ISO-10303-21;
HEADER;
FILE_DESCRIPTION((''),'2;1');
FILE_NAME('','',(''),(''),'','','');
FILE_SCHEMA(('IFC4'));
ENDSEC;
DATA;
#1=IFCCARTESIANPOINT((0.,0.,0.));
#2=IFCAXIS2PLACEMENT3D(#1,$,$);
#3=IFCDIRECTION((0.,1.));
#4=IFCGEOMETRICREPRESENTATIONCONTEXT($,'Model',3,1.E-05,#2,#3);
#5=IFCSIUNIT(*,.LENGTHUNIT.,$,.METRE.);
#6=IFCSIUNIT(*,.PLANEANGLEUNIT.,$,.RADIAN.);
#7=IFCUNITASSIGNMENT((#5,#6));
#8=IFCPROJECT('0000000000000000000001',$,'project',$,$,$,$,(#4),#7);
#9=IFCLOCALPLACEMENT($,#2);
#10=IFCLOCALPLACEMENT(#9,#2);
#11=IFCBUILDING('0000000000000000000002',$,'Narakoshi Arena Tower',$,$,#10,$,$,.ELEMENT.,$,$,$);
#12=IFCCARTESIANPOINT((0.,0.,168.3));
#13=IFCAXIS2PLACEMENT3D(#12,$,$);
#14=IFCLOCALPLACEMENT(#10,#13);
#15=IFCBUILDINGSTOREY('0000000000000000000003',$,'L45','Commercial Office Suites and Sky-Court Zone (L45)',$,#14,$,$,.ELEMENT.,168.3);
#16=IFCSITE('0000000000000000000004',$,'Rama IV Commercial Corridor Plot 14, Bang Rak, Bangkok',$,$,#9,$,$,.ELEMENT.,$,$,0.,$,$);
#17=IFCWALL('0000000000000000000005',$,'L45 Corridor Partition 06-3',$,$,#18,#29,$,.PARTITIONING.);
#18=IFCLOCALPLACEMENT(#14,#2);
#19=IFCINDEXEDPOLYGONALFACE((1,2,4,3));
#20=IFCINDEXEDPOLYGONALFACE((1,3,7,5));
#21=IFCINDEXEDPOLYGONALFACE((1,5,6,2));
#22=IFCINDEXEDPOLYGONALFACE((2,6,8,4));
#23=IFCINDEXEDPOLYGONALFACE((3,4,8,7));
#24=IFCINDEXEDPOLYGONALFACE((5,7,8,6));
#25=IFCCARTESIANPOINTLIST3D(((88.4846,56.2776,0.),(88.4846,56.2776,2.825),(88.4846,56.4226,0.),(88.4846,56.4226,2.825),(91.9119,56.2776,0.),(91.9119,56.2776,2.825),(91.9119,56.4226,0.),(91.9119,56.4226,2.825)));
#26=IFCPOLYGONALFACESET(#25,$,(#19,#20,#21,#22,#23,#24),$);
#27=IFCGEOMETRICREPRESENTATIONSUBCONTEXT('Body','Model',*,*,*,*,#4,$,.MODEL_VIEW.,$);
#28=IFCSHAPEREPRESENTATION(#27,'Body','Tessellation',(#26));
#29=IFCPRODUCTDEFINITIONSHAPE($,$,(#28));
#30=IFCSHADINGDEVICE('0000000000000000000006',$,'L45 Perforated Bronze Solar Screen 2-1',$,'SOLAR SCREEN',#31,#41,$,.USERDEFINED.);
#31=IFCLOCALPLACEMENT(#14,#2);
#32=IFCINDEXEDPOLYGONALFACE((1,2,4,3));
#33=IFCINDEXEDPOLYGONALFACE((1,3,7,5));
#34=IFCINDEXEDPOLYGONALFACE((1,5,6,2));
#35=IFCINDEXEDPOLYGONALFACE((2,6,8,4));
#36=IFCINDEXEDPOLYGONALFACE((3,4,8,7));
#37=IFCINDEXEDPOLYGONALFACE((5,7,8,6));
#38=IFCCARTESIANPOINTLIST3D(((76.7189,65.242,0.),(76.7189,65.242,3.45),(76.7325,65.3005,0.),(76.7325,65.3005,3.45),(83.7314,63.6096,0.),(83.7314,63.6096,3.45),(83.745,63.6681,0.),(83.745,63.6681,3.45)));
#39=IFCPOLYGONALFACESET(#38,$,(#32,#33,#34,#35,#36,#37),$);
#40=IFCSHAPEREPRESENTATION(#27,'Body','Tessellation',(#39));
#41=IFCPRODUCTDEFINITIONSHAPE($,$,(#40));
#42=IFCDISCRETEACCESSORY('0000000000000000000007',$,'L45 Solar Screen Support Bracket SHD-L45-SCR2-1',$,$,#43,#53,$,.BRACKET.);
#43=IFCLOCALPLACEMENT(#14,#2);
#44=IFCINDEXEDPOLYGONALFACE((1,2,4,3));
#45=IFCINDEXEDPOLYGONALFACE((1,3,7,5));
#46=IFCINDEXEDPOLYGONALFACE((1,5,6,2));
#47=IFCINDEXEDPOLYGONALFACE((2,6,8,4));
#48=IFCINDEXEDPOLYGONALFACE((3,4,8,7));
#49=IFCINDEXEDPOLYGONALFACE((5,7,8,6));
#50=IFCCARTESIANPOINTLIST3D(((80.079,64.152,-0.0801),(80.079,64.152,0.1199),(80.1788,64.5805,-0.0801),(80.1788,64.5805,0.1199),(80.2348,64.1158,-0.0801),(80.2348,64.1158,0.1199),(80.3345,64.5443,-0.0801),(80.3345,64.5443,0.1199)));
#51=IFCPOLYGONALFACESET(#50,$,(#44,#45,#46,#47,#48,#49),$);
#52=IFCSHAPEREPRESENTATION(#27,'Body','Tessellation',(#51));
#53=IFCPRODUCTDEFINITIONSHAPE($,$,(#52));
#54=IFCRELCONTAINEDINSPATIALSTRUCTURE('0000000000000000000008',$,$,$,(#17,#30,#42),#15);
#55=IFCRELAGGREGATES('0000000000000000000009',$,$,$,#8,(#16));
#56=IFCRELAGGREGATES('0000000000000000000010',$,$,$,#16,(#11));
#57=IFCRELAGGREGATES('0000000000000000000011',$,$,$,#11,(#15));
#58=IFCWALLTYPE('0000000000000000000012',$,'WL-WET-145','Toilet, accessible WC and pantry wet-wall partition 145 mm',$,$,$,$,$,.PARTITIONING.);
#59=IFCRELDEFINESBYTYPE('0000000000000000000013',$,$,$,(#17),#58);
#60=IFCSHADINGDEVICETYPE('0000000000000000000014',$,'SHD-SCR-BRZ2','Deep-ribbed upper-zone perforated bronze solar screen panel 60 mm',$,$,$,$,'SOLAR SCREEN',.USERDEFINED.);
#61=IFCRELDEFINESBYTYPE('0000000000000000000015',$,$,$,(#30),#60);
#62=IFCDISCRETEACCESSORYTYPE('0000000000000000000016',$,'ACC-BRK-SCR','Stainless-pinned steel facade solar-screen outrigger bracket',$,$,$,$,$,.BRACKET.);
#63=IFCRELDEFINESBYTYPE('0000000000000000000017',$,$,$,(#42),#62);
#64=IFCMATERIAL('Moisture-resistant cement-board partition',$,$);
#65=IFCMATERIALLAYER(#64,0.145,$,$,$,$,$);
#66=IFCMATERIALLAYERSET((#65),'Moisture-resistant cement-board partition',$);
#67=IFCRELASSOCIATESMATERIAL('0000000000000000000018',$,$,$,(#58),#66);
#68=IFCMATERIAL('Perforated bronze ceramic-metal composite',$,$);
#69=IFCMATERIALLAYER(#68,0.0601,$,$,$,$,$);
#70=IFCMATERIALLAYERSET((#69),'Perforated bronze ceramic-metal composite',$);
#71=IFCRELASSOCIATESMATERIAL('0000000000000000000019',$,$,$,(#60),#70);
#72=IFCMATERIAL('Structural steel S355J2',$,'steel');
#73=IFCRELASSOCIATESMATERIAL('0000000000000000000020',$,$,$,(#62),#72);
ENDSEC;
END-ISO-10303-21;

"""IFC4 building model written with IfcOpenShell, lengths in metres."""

from ifc_helpers import new_model, si_unit, direction, frame, frame_2d, origin, origin_2d, place, context, subcontext, project, spatial, rectangle, extrude, material, layer, layer_set, type_object, element, save


model = new_model("IFC4")

# Units and contexts
model_context = context("Model", 3, precision=1e-05, world=origin(), true_north=direction((0.0, 1.0)))
body_context = subcontext(model_context, "Body", "Model", "MODEL_VIEW")
ifc_project = project(units=[si_unit("LENGTHUNIT", "METRE"), si_unit("PLANEANGLEUNIT", "RADIAN")], contexts=[model_context])

# Site, building, storey
site_placement = place(None, origin())
site = spatial("IfcSite", under=ifc_project, at=site_placement, Name="Rama IV Commercial Corridor Plot 14, Bang Rak, Bangkok", CompositionType="ELEMENT", RefElevation=0.0)
building_placement = place(site_placement, origin())
building = spatial("IfcBuilding", under=site, at=building_placement, Name="Narakoshi Arena Tower", CompositionType="ELEMENT")
storey_placement = place(building_placement, frame((0.0, 0.0, 168.3)))
storey = spatial("IfcBuildingStorey", under=building, at=storey_placement, Name="L45", Description="Commercial Office Suites and Sky-Court Zone (L45)", CompositionType="ELEMENT", Elevation=168.3)

# Shared definitions
ifc_material_1 = material(Name="Structural steel S355J2", Category="steel")

# Wall
ifc_material_2 = material(Name="Moisture-resistant cement-board partition")
ifc_layer_1 = layer(ifc_material_2, 0.145)
ifc_layer_set_1 = layer_set([ifc_layer_1], Name="Moisture-resistant cement-board partition")
wall_type_1 = type_object("IfcWallType", Name="WL-WET-145", Description="Toilet, accessible WC and pantry wet-wall partition 145 mm", PredefinedType="PARTITIONING", material=ifc_layer_set_1)
wall_1_placement = place(storey_placement, frame((88.4846, 56.3501, 0.0), z_axis=(0.0, 0.0, 1.0), x_axis=(1.0, 0.0, 0.0)))
element("IfcWall", 1, at=wall_1_placement, inside=storey, type_object=wall_type_1, Name="L45 Corridor Partition 06-3", PredefinedType="PARTITIONING", context=body_context, shape_type="SweptSolid", body=[
    extrude(rectangle(XDim=3.4272, YDim=0.145, at=frame_2d((1.7136, 0.0))), origin(), (0.0, 0.0, 1.0), 2.825),
])

# Shading device
ifc_material_3 = material(Name="Perforated bronze ceramic-metal composite")
ifc_layer_2 = layer(ifc_material_3, 0.0601)
ifc_layer_set_2 = layer_set([ifc_layer_2], Name="Perforated bronze ceramic-metal composite")
shading_device_type = type_object("IfcShadingDeviceType", Name="SHD-SCR-BRZ2", Description="Deep-ribbed upper-zone perforated bronze solar screen panel 60 mm", ElementType="SOLAR SCREEN", PredefinedType="USERDEFINED", material=ifc_layer_set_2)
shading_device_placement = place(storey_placement, frame((80.2319, 64.4551, 0.0), z_axis=(0.0, 0.0, 1.0), x_axis=(-0.97396, 0.226719, 0.0)))
element("IfcShadingDevice", 2, at=shading_device_placement, inside=storey, type_object=shading_device_type, Name="L45 Perforated Bronze Solar Screen 2-1", ObjectType="SOLAR SCREEN", PredefinedType="USERDEFINED", context=body_context, shape_type="SweptSolid", body=[
    extrude(rectangle(XDim=7.2, YDim=0.0601, at=origin_2d()), origin(), (0.0, 0.0, 1.0), 3.45),
])

# Discrete accessory
discrete_accessory_type = type_object("IfcDiscreteAccessoryType", Name="ACC-BRK-SCR", Description="Stainless-pinned steel facade solar-screen outrigger bracket", PredefinedType="BRACKET", material=ifc_material_1)
discrete_accessory_placement = place(storey_placement, frame((80.2068, 64.3481, -0.0801), z_axis=(0.0, 0.0, 1.0), x_axis=(-0.97396, 0.226719, 0.0)))
element("IfcDiscreteAccessory", 3, at=discrete_accessory_placement, inside=storey, type_object=discrete_accessory_type, Name="L45 Solar Screen Support Bracket SHD-L45-SCR2-1", PredefinedType="BRACKET", context=body_context, shape_type="SweptSolid", body=[
    extrude(rectangle(XDim=0.1599, YDim=0.4399, at=origin_2d()), origin(), (0.0, 0.0, 1.0), 0.2),
])

save(model, "model.ifc")
